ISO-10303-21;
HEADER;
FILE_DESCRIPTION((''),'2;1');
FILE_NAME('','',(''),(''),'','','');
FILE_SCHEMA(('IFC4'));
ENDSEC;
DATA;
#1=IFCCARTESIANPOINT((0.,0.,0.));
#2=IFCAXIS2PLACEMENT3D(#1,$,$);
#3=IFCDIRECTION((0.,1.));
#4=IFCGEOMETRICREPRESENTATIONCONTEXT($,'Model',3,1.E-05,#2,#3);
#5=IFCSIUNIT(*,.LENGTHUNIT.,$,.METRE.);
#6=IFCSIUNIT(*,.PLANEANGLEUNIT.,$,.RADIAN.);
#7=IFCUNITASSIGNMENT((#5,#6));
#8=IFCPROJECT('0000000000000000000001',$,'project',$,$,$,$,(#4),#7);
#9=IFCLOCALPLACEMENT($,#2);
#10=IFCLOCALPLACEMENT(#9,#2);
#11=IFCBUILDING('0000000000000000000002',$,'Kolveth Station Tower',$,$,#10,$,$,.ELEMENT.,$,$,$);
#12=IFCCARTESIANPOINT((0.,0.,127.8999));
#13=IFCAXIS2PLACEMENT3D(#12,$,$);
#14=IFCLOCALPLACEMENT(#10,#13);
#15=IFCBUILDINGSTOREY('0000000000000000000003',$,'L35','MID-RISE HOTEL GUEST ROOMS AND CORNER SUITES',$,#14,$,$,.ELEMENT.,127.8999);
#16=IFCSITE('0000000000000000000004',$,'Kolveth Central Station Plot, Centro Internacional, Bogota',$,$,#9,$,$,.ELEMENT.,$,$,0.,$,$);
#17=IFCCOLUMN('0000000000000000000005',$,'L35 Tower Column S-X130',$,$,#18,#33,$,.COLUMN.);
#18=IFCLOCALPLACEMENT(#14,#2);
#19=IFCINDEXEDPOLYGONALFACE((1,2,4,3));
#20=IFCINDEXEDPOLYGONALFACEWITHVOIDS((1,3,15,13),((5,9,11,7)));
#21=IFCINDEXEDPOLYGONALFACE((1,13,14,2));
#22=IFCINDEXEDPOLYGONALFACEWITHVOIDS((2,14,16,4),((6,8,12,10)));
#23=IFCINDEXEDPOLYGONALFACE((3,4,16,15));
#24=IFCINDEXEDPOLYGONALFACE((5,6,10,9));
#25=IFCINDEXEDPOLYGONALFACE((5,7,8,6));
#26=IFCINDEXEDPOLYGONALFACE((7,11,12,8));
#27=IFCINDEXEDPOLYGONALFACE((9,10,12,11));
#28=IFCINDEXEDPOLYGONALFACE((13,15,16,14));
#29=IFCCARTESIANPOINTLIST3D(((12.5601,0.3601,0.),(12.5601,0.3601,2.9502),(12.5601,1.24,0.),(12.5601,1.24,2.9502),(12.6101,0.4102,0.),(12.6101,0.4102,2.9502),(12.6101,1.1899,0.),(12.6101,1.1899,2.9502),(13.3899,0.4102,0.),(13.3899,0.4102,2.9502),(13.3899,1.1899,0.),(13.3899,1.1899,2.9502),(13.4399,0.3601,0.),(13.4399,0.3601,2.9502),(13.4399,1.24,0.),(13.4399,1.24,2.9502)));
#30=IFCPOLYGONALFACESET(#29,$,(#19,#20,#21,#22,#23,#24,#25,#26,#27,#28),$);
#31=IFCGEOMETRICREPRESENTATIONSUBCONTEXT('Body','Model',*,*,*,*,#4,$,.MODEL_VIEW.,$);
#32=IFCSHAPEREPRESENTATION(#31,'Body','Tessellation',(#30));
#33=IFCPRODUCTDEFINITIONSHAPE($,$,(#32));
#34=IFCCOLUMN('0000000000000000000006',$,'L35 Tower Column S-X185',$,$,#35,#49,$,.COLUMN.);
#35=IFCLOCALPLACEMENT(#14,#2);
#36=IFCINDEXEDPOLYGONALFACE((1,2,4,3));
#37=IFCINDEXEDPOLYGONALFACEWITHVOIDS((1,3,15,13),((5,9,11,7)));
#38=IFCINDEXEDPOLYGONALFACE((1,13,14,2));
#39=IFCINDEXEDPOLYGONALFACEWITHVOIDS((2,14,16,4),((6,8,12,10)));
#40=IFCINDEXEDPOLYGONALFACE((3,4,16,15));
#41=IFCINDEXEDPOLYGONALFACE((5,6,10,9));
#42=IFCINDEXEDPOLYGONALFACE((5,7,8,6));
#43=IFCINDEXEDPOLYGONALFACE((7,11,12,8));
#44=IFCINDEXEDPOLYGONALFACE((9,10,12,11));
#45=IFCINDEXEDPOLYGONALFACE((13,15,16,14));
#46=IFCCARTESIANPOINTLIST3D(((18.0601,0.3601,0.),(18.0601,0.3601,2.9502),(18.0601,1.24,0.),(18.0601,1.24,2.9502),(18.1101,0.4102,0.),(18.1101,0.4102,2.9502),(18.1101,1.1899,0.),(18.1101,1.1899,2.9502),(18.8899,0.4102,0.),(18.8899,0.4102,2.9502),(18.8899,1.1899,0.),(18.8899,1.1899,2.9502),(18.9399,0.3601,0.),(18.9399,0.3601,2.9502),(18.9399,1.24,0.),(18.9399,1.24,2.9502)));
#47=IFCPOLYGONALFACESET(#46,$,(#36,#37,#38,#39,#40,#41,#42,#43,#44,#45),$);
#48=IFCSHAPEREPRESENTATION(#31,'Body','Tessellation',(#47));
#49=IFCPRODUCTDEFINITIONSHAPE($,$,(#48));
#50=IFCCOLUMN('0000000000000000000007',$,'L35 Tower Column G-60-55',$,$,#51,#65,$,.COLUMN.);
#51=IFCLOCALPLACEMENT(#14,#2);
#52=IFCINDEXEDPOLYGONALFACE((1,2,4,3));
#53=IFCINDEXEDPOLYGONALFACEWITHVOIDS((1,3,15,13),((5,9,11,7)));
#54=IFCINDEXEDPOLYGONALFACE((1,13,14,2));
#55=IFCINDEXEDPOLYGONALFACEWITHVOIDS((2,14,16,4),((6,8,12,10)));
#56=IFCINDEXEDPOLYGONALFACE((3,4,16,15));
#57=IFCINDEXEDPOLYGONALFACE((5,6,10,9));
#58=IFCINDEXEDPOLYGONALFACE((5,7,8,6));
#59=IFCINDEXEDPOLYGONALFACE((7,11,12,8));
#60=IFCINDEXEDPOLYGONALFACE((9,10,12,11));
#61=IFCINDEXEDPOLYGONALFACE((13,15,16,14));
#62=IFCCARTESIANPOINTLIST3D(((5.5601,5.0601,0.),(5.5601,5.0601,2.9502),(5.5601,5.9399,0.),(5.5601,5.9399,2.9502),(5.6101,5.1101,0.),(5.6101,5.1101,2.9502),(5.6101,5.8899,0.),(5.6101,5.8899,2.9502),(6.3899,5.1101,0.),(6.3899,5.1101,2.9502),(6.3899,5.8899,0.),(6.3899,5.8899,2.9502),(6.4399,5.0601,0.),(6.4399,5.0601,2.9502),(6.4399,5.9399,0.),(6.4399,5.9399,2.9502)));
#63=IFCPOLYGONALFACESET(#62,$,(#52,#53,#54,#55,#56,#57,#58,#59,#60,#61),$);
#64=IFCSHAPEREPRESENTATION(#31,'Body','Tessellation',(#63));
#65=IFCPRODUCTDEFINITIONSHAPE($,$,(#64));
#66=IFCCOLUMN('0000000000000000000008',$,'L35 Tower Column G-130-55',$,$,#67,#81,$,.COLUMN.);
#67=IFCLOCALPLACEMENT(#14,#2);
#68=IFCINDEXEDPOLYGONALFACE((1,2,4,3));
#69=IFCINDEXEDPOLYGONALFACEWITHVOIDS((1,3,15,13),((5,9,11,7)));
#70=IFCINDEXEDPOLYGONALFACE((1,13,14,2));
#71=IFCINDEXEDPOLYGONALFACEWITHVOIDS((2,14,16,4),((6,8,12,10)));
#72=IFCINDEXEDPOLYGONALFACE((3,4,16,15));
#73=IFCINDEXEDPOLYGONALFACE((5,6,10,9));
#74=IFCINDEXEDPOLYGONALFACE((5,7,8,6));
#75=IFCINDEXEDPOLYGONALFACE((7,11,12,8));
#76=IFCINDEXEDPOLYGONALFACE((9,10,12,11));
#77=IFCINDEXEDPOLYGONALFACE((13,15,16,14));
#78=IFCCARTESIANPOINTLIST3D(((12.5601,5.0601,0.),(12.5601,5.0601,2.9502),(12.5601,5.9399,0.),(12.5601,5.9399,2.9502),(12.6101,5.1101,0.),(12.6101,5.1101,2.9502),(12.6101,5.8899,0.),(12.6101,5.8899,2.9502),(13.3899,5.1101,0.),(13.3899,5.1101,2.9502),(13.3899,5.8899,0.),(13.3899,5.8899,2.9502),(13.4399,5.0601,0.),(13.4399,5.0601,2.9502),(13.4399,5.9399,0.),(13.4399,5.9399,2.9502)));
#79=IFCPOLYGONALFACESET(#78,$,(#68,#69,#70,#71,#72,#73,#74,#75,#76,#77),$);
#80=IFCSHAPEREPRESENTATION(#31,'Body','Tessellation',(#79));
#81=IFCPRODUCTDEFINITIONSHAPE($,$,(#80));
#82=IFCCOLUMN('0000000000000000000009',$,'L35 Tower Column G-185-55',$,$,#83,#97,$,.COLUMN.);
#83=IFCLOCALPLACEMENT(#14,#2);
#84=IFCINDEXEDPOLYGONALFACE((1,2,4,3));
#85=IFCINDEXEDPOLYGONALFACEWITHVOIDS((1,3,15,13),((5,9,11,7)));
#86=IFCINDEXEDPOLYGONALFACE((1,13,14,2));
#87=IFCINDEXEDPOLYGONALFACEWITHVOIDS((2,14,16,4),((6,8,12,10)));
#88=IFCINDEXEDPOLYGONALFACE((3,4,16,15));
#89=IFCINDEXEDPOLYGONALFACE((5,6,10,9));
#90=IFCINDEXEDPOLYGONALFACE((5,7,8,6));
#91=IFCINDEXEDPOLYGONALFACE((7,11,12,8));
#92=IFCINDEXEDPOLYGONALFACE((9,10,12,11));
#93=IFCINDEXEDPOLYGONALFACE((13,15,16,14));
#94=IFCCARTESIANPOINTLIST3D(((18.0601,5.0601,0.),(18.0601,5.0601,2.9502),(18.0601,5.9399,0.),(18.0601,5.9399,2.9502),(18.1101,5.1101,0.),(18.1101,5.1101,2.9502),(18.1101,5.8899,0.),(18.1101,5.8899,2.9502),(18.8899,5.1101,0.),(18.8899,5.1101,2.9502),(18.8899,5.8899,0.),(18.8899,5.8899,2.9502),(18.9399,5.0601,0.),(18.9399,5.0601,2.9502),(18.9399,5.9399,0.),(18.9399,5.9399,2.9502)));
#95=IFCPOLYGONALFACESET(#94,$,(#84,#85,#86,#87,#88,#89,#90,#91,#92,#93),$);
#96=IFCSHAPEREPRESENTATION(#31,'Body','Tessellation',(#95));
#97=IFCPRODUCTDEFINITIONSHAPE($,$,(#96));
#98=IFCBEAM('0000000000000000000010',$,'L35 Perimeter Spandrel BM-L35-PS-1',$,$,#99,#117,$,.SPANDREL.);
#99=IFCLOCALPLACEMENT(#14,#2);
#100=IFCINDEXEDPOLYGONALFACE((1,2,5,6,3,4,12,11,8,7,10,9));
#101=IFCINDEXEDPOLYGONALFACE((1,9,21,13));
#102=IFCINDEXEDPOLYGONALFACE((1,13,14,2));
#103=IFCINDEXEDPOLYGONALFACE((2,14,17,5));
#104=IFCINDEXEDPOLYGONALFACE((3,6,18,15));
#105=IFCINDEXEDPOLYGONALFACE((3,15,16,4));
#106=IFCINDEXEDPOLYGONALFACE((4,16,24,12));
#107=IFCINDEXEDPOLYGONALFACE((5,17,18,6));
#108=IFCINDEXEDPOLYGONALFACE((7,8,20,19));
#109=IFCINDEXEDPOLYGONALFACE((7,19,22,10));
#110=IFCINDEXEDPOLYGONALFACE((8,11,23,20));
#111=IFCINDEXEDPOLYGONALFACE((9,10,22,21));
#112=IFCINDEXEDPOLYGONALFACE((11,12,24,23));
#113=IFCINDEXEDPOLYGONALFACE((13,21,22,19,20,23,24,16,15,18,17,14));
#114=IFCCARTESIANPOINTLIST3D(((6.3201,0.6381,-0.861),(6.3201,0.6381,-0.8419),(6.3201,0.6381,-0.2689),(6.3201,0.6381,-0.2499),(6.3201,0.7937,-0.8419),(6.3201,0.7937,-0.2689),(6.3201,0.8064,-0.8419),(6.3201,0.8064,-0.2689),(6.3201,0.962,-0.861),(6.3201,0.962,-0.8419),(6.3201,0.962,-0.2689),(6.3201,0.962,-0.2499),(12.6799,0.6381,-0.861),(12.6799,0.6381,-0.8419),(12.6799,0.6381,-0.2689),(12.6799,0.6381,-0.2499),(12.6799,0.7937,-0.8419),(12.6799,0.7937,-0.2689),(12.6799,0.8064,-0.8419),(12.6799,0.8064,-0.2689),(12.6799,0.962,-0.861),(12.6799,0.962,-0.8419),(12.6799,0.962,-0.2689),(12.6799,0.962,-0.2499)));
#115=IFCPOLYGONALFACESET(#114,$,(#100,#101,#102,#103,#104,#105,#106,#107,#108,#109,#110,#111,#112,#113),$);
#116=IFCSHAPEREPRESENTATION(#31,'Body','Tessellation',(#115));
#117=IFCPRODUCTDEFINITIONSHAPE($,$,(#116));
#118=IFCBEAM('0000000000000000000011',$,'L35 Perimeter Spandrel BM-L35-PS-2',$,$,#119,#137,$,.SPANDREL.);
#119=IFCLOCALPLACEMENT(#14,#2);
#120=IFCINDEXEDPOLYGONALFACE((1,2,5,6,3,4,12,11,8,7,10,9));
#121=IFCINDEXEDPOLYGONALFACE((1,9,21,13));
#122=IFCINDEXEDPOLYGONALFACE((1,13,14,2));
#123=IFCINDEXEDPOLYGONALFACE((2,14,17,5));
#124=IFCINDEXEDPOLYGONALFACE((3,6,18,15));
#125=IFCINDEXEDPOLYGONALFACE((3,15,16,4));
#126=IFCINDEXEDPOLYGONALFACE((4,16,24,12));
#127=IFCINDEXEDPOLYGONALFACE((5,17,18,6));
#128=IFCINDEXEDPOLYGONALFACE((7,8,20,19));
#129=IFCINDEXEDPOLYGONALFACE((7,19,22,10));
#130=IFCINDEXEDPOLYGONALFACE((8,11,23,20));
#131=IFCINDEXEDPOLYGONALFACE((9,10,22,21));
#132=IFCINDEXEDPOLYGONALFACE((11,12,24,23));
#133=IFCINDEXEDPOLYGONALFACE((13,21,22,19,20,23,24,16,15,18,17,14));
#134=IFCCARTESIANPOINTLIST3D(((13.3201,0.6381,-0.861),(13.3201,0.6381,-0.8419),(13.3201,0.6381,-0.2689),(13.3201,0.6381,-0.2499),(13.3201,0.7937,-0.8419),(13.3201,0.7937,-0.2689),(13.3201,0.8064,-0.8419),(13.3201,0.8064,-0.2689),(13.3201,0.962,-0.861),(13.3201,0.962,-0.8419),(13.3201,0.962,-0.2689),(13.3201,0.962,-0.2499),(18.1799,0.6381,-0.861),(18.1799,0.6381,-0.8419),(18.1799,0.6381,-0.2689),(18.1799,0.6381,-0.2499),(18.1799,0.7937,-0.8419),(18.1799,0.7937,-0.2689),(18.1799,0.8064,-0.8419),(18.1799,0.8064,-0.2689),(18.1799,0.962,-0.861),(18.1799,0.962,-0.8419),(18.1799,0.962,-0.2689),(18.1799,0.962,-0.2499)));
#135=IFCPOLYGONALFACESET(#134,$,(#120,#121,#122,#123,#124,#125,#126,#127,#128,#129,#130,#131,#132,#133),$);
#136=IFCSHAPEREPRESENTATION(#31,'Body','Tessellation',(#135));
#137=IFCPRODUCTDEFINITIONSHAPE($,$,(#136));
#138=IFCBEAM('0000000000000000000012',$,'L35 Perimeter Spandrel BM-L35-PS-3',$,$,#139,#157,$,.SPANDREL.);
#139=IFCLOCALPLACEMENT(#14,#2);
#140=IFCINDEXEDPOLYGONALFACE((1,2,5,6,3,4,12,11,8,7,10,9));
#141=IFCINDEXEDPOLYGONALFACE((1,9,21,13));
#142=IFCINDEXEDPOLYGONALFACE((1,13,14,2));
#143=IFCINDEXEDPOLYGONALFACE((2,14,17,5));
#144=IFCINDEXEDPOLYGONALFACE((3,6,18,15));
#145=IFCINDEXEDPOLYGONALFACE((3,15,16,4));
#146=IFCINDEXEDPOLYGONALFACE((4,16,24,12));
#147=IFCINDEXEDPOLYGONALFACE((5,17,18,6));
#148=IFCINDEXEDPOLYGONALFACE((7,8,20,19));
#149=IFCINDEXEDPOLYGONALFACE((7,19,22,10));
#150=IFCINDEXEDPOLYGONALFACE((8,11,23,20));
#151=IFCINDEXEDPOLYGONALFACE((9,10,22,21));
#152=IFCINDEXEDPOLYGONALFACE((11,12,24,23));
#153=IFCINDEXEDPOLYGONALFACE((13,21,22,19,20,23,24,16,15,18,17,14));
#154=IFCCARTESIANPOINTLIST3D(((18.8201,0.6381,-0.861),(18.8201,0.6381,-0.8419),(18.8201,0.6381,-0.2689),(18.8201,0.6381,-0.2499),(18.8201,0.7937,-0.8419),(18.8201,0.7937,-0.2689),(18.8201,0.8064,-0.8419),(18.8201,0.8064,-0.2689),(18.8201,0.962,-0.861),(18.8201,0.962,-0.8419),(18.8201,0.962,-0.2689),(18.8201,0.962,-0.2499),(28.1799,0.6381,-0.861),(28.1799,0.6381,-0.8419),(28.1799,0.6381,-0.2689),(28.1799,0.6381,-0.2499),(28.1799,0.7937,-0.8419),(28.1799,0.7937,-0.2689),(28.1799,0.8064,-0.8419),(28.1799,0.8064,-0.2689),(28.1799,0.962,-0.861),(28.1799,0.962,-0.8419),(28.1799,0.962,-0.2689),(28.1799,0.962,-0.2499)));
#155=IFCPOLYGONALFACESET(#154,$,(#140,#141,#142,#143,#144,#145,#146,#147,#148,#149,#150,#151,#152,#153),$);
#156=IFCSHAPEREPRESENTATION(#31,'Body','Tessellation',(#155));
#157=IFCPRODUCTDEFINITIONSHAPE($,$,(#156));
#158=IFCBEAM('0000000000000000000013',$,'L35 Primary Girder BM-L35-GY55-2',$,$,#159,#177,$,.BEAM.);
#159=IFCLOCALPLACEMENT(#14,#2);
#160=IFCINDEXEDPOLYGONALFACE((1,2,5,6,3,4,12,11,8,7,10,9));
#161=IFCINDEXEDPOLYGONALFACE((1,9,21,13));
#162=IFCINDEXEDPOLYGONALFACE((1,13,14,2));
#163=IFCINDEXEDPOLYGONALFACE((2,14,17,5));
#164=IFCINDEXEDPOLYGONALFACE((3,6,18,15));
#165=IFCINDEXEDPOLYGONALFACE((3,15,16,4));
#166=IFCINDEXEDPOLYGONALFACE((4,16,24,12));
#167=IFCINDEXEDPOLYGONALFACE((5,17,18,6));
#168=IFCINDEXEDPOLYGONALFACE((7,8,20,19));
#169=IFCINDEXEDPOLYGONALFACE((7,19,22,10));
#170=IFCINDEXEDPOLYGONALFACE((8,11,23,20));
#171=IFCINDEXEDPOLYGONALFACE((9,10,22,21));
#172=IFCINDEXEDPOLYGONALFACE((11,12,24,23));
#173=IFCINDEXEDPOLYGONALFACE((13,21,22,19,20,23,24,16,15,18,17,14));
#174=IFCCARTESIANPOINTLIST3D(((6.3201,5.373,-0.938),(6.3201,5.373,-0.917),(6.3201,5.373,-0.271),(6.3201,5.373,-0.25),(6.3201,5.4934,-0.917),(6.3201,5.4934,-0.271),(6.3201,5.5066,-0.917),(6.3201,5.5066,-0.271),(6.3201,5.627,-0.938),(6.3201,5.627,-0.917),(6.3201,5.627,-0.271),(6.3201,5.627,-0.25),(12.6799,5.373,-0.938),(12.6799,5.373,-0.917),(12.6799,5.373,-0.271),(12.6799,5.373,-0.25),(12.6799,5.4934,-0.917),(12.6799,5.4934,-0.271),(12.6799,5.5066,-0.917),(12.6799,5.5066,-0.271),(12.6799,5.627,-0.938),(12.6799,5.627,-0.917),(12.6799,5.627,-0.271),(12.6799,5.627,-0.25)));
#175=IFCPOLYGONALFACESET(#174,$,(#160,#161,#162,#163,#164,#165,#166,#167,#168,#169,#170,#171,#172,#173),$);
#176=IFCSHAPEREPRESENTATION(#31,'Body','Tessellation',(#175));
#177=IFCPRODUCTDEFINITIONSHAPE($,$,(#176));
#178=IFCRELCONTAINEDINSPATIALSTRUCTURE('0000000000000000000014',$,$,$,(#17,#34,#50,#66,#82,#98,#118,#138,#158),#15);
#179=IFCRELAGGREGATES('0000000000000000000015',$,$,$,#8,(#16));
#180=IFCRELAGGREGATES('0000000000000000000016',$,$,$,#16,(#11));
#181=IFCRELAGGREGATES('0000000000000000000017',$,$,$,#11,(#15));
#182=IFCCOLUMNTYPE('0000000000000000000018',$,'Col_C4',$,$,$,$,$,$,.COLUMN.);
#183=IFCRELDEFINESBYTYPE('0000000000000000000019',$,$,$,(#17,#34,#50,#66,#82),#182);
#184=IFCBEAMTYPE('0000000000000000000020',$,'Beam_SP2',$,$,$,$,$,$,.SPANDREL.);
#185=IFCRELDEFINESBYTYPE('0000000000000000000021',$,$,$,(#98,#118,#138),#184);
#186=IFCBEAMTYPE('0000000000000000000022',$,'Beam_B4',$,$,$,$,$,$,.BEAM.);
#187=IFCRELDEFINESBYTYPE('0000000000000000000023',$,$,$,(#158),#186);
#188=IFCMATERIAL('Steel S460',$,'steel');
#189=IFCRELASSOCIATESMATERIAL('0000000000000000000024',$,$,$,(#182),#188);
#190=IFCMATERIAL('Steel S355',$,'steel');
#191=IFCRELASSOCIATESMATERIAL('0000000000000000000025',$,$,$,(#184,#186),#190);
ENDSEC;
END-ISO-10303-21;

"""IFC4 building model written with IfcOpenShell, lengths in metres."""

from ifc_helpers import new_model, si_unit, direction, frame, origin, origin_2d, place, context, subcontext, project, spatial, hollow_rectangle, i_section, extrude, source, transform, mapped, material, material_profile, profile_set, type_object, element, save


model = new_model("IFC4")

# Units and contexts
model_context = context("Model", 3, precision=1e-05, world=origin(), true_north=direction((0.0, 1.0)))
body_context = subcontext(model_context, "Body", "Model", "MODEL_VIEW")
ifc_project = project(units=[si_unit("LENGTHUNIT", "METRE"), si_unit("PLANEANGLEUNIT", "RADIAN")], contexts=[model_context])

# Site, building, storey
site_placement = place(None, origin())
site = spatial("IfcSite", under=ifc_project, at=site_placement, Name="Kolveth Central Station Plot, Centro Internacional, Bogota", CompositionType="ELEMENT", RefElevation=0.0)
building_placement = place(site_placement, origin())
building = spatial("IfcBuilding", under=site, at=building_placement, Name="Kolveth Station Tower", CompositionType="ELEMENT")
storey_placement = place(building_placement, frame((0.0, 0.0, 127.8999)))
storey = spatial("IfcBuildingStorey", under=building, at=storey_placement, Name="L35", Description="MID-RISE HOTEL GUEST ROOMS AND CORNER SUITES", CompositionType="ELEMENT", Elevation=127.8999)

# Columns
ifc_material_1 = material(Name="Steel S460", Category="steel")
ifc_material_profile_1 = material_profile(ifc_material_1, hollow_rectangle(XDim=0.8799, YDim=0.8799, WallThickness=0.05, at=origin_2d()), Name="BOX880x880x50")
ifc_profile_set_1 = profile_set([ifc_material_profile_1], Name="Steel S460")
column_type = type_object("IfcColumnType", Name="Col_C4", PredefinedType="COLUMN", material=ifc_profile_set_1)
shared_shape_1 = source(origin(), body_context, "Body", "SweptSolid", [
    extrude(hollow_rectangle(XDim=0.8799, YDim=0.8799, WallThickness=0.05, at=origin_2d()), origin(), (0.0, 0.0, 1.0), 2.9502),
])
for number, where, z_axis, x_axis, name in (
    (1, (13.0, 0.8, 0.0), (0.0, 0.0, 1.0), (1.0, 0.0, 0.0), "L35 Tower Column S-X130"),
    (2, (18.5, 0.8, 0.0), (0.0, 0.0, 1.0), (1.0, 0.0, 0.0), "L35 Tower Column S-X185"),
    (3, (6.0, 5.5, 0.0), (0.0, 0.0, 1.0), (1.0, 0.0, 0.0), "L35 Tower Column G-60-55"),
    (4, (13.0, 5.5, 0.0), (0.0, 0.0, 1.0), (1.0, 0.0, 0.0), "L35 Tower Column G-130-55"),
    (5, (18.5, 5.5, 0.0), (0.0, 0.0, 1.0), (1.0, 0.0, 0.0), "L35 Tower Column G-185-55"),
):
    element("IfcColumn", number, at=place(storey_placement, frame(where, z_axis=z_axis, x_axis=x_axis)), inside=storey, type_object=column_type, Name=name, PredefinedType="COLUMN", context=body_context, shape_type="MappedRepresentation", body=[
        mapped(shared_shape_1, transform((0.0, 0.0, 0.0), x_axis=(1.0, 0.0, 0.0), y_axis=(0.0, 1.0, 0.0), z_axis=(0.0, 0.0, 1.0), scale=1.0)),
    ])

# Beams
ifc_material_2 = material(Name="Steel S355", Category="steel")
ifc_material_profile_2 = material_profile(ifc_material_2, i_section(OverallWidth=0.324, OverallDepth=0.6111, WebThickness=0.0127, FlangeThickness=0.019, at=origin_2d()), Name="W610x155")
ifc_profile_set_2 = profile_set([ifc_material_profile_2], Name="Steel S355")
beam_type_1 = type_object("IfcBeamType", Name="Beam_SP2", PredefinedType="SPANDREL", material=ifc_profile_set_2)
shared_shape_2 = source(origin(), body_context, "Body", "SweptSolid", [
    extrude(i_section(OverallWidth=0.324, OverallDepth=0.6111, WebThickness=0.0127, FlangeThickness=0.019, at=origin_2d()), origin(), (0.0, 0.0, 1.0), 6.3599),
])
beam_1_placement = place(storey_placement, frame((6.3201, 0.8, -0.5554), z_axis=(1.0, 0.0, 0.0), x_axis=(0.0, 1.0, 0.0)))
element("IfcBeam", 6, at=beam_1_placement, inside=storey, type_object=beam_type_1, Name="L35 Perimeter Spandrel BM-L35-PS-1", PredefinedType="SPANDREL", context=body_context, shape_type="MappedRepresentation", body=[
    mapped(shared_shape_2, transform((0.0, 0.0, 0.0), x_axis=(1.0, 0.0, 0.0), y_axis=(0.0, 1.0, 0.0), z_axis=(0.0, 0.0, 1.0), scale=1.0)),
])
shared_shape_3 = source(origin(), body_context, "Body", "SweptSolid", [
    extrude(i_section(OverallWidth=0.324, OverallDepth=0.6111, WebThickness=0.0127, FlangeThickness=0.019, at=origin_2d()), origin(), (0.0, 0.0, 1.0), 4.8599),
])
beam_2_placement = place(storey_placement, frame((13.3201, 0.8, -0.5554), z_axis=(1.0, 0.0, 0.0), x_axis=(0.0, 1.0, 0.0)))
element("IfcBeam", 7, at=beam_2_placement, inside=storey, type_object=beam_type_1, Name="L35 Perimeter Spandrel BM-L35-PS-2", PredefinedType="SPANDREL", context=body_context, shape_type="MappedRepresentation", body=[
    mapped(shared_shape_3, transform((0.0, 0.0, 0.0), x_axis=(1.0, 0.0, 0.0), y_axis=(0.0, 1.0, 0.0), z_axis=(0.0, 0.0, 1.0), scale=1.0)),
])
shared_shape_4 = source(origin(), body_context, "Body", "SweptSolid", [
    extrude(i_section(OverallWidth=0.324, OverallDepth=0.6111, WebThickness=0.0127, FlangeThickness=0.019, at=origin_2d()), origin(), (0.0, 0.0, 1.0), 9.3599),
])
beam_3_placement = place(storey_placement, frame((18.8201, 0.8, -0.5554), z_axis=(1.0, 0.0, 0.0), x_axis=(0.0, 1.0, 0.0)))
element("IfcBeam", 8, at=beam_3_placement, inside=storey, type_object=beam_type_1, Name="L35 Perimeter Spandrel BM-L35-PS-3", PredefinedType="SPANDREL", context=body_context, shape_type="MappedRepresentation", body=[
    mapped(shared_shape_4, transform((0.0, 0.0, 0.0), x_axis=(1.0, 0.0, 0.0), y_axis=(0.0, 1.0, 0.0), z_axis=(0.0, 0.0, 1.0), scale=1.0)),
])
ifc_material_profile_3 = material_profile(ifc_material_2, i_section(OverallWidth=0.2539, OverallDepth=0.688, WebThickness=0.0132, FlangeThickness=0.021, at=origin_2d()), Name="W690x152")
ifc_profile_set_3 = profile_set([ifc_material_profile_3], Name="Steel S355")
beam_type_2 = type_object("IfcBeamType", Name="Beam_B4", PredefinedType="BEAM", material=ifc_profile_set_3)
shared_shape_5 = source(origin(), body_context, "Body", "SweptSolid", [
    extrude(i_section(OverallWidth=0.2539, OverallDepth=0.688, WebThickness=0.0132, FlangeThickness=0.021, at=origin_2d()), origin(), (0.0, 0.0, 1.0), 6.3599),
])
beam_4_placement = place(storey_placement, frame((6.3201, 5.5, -0.594), z_axis=(1.0, 0.0, 0.0), x_axis=(0.0, 1.0, 0.0)))
element("IfcBeam", 9, at=beam_4_placement, inside=storey, type_object=beam_type_2, Name="L35 Primary Girder BM-L35-GY55-2", PredefinedType="BEAM", context=body_context, shape_type="MappedRepresentation", body=[
    mapped(shared_shape_5, transform((0.0, 0.0, 0.0), x_axis=(1.0, 0.0, 0.0), y_axis=(0.0, 1.0, 0.0), z_axis=(0.0, 0.0, 1.0), scale=1.0)),
])

save(model, "model.ifc")
